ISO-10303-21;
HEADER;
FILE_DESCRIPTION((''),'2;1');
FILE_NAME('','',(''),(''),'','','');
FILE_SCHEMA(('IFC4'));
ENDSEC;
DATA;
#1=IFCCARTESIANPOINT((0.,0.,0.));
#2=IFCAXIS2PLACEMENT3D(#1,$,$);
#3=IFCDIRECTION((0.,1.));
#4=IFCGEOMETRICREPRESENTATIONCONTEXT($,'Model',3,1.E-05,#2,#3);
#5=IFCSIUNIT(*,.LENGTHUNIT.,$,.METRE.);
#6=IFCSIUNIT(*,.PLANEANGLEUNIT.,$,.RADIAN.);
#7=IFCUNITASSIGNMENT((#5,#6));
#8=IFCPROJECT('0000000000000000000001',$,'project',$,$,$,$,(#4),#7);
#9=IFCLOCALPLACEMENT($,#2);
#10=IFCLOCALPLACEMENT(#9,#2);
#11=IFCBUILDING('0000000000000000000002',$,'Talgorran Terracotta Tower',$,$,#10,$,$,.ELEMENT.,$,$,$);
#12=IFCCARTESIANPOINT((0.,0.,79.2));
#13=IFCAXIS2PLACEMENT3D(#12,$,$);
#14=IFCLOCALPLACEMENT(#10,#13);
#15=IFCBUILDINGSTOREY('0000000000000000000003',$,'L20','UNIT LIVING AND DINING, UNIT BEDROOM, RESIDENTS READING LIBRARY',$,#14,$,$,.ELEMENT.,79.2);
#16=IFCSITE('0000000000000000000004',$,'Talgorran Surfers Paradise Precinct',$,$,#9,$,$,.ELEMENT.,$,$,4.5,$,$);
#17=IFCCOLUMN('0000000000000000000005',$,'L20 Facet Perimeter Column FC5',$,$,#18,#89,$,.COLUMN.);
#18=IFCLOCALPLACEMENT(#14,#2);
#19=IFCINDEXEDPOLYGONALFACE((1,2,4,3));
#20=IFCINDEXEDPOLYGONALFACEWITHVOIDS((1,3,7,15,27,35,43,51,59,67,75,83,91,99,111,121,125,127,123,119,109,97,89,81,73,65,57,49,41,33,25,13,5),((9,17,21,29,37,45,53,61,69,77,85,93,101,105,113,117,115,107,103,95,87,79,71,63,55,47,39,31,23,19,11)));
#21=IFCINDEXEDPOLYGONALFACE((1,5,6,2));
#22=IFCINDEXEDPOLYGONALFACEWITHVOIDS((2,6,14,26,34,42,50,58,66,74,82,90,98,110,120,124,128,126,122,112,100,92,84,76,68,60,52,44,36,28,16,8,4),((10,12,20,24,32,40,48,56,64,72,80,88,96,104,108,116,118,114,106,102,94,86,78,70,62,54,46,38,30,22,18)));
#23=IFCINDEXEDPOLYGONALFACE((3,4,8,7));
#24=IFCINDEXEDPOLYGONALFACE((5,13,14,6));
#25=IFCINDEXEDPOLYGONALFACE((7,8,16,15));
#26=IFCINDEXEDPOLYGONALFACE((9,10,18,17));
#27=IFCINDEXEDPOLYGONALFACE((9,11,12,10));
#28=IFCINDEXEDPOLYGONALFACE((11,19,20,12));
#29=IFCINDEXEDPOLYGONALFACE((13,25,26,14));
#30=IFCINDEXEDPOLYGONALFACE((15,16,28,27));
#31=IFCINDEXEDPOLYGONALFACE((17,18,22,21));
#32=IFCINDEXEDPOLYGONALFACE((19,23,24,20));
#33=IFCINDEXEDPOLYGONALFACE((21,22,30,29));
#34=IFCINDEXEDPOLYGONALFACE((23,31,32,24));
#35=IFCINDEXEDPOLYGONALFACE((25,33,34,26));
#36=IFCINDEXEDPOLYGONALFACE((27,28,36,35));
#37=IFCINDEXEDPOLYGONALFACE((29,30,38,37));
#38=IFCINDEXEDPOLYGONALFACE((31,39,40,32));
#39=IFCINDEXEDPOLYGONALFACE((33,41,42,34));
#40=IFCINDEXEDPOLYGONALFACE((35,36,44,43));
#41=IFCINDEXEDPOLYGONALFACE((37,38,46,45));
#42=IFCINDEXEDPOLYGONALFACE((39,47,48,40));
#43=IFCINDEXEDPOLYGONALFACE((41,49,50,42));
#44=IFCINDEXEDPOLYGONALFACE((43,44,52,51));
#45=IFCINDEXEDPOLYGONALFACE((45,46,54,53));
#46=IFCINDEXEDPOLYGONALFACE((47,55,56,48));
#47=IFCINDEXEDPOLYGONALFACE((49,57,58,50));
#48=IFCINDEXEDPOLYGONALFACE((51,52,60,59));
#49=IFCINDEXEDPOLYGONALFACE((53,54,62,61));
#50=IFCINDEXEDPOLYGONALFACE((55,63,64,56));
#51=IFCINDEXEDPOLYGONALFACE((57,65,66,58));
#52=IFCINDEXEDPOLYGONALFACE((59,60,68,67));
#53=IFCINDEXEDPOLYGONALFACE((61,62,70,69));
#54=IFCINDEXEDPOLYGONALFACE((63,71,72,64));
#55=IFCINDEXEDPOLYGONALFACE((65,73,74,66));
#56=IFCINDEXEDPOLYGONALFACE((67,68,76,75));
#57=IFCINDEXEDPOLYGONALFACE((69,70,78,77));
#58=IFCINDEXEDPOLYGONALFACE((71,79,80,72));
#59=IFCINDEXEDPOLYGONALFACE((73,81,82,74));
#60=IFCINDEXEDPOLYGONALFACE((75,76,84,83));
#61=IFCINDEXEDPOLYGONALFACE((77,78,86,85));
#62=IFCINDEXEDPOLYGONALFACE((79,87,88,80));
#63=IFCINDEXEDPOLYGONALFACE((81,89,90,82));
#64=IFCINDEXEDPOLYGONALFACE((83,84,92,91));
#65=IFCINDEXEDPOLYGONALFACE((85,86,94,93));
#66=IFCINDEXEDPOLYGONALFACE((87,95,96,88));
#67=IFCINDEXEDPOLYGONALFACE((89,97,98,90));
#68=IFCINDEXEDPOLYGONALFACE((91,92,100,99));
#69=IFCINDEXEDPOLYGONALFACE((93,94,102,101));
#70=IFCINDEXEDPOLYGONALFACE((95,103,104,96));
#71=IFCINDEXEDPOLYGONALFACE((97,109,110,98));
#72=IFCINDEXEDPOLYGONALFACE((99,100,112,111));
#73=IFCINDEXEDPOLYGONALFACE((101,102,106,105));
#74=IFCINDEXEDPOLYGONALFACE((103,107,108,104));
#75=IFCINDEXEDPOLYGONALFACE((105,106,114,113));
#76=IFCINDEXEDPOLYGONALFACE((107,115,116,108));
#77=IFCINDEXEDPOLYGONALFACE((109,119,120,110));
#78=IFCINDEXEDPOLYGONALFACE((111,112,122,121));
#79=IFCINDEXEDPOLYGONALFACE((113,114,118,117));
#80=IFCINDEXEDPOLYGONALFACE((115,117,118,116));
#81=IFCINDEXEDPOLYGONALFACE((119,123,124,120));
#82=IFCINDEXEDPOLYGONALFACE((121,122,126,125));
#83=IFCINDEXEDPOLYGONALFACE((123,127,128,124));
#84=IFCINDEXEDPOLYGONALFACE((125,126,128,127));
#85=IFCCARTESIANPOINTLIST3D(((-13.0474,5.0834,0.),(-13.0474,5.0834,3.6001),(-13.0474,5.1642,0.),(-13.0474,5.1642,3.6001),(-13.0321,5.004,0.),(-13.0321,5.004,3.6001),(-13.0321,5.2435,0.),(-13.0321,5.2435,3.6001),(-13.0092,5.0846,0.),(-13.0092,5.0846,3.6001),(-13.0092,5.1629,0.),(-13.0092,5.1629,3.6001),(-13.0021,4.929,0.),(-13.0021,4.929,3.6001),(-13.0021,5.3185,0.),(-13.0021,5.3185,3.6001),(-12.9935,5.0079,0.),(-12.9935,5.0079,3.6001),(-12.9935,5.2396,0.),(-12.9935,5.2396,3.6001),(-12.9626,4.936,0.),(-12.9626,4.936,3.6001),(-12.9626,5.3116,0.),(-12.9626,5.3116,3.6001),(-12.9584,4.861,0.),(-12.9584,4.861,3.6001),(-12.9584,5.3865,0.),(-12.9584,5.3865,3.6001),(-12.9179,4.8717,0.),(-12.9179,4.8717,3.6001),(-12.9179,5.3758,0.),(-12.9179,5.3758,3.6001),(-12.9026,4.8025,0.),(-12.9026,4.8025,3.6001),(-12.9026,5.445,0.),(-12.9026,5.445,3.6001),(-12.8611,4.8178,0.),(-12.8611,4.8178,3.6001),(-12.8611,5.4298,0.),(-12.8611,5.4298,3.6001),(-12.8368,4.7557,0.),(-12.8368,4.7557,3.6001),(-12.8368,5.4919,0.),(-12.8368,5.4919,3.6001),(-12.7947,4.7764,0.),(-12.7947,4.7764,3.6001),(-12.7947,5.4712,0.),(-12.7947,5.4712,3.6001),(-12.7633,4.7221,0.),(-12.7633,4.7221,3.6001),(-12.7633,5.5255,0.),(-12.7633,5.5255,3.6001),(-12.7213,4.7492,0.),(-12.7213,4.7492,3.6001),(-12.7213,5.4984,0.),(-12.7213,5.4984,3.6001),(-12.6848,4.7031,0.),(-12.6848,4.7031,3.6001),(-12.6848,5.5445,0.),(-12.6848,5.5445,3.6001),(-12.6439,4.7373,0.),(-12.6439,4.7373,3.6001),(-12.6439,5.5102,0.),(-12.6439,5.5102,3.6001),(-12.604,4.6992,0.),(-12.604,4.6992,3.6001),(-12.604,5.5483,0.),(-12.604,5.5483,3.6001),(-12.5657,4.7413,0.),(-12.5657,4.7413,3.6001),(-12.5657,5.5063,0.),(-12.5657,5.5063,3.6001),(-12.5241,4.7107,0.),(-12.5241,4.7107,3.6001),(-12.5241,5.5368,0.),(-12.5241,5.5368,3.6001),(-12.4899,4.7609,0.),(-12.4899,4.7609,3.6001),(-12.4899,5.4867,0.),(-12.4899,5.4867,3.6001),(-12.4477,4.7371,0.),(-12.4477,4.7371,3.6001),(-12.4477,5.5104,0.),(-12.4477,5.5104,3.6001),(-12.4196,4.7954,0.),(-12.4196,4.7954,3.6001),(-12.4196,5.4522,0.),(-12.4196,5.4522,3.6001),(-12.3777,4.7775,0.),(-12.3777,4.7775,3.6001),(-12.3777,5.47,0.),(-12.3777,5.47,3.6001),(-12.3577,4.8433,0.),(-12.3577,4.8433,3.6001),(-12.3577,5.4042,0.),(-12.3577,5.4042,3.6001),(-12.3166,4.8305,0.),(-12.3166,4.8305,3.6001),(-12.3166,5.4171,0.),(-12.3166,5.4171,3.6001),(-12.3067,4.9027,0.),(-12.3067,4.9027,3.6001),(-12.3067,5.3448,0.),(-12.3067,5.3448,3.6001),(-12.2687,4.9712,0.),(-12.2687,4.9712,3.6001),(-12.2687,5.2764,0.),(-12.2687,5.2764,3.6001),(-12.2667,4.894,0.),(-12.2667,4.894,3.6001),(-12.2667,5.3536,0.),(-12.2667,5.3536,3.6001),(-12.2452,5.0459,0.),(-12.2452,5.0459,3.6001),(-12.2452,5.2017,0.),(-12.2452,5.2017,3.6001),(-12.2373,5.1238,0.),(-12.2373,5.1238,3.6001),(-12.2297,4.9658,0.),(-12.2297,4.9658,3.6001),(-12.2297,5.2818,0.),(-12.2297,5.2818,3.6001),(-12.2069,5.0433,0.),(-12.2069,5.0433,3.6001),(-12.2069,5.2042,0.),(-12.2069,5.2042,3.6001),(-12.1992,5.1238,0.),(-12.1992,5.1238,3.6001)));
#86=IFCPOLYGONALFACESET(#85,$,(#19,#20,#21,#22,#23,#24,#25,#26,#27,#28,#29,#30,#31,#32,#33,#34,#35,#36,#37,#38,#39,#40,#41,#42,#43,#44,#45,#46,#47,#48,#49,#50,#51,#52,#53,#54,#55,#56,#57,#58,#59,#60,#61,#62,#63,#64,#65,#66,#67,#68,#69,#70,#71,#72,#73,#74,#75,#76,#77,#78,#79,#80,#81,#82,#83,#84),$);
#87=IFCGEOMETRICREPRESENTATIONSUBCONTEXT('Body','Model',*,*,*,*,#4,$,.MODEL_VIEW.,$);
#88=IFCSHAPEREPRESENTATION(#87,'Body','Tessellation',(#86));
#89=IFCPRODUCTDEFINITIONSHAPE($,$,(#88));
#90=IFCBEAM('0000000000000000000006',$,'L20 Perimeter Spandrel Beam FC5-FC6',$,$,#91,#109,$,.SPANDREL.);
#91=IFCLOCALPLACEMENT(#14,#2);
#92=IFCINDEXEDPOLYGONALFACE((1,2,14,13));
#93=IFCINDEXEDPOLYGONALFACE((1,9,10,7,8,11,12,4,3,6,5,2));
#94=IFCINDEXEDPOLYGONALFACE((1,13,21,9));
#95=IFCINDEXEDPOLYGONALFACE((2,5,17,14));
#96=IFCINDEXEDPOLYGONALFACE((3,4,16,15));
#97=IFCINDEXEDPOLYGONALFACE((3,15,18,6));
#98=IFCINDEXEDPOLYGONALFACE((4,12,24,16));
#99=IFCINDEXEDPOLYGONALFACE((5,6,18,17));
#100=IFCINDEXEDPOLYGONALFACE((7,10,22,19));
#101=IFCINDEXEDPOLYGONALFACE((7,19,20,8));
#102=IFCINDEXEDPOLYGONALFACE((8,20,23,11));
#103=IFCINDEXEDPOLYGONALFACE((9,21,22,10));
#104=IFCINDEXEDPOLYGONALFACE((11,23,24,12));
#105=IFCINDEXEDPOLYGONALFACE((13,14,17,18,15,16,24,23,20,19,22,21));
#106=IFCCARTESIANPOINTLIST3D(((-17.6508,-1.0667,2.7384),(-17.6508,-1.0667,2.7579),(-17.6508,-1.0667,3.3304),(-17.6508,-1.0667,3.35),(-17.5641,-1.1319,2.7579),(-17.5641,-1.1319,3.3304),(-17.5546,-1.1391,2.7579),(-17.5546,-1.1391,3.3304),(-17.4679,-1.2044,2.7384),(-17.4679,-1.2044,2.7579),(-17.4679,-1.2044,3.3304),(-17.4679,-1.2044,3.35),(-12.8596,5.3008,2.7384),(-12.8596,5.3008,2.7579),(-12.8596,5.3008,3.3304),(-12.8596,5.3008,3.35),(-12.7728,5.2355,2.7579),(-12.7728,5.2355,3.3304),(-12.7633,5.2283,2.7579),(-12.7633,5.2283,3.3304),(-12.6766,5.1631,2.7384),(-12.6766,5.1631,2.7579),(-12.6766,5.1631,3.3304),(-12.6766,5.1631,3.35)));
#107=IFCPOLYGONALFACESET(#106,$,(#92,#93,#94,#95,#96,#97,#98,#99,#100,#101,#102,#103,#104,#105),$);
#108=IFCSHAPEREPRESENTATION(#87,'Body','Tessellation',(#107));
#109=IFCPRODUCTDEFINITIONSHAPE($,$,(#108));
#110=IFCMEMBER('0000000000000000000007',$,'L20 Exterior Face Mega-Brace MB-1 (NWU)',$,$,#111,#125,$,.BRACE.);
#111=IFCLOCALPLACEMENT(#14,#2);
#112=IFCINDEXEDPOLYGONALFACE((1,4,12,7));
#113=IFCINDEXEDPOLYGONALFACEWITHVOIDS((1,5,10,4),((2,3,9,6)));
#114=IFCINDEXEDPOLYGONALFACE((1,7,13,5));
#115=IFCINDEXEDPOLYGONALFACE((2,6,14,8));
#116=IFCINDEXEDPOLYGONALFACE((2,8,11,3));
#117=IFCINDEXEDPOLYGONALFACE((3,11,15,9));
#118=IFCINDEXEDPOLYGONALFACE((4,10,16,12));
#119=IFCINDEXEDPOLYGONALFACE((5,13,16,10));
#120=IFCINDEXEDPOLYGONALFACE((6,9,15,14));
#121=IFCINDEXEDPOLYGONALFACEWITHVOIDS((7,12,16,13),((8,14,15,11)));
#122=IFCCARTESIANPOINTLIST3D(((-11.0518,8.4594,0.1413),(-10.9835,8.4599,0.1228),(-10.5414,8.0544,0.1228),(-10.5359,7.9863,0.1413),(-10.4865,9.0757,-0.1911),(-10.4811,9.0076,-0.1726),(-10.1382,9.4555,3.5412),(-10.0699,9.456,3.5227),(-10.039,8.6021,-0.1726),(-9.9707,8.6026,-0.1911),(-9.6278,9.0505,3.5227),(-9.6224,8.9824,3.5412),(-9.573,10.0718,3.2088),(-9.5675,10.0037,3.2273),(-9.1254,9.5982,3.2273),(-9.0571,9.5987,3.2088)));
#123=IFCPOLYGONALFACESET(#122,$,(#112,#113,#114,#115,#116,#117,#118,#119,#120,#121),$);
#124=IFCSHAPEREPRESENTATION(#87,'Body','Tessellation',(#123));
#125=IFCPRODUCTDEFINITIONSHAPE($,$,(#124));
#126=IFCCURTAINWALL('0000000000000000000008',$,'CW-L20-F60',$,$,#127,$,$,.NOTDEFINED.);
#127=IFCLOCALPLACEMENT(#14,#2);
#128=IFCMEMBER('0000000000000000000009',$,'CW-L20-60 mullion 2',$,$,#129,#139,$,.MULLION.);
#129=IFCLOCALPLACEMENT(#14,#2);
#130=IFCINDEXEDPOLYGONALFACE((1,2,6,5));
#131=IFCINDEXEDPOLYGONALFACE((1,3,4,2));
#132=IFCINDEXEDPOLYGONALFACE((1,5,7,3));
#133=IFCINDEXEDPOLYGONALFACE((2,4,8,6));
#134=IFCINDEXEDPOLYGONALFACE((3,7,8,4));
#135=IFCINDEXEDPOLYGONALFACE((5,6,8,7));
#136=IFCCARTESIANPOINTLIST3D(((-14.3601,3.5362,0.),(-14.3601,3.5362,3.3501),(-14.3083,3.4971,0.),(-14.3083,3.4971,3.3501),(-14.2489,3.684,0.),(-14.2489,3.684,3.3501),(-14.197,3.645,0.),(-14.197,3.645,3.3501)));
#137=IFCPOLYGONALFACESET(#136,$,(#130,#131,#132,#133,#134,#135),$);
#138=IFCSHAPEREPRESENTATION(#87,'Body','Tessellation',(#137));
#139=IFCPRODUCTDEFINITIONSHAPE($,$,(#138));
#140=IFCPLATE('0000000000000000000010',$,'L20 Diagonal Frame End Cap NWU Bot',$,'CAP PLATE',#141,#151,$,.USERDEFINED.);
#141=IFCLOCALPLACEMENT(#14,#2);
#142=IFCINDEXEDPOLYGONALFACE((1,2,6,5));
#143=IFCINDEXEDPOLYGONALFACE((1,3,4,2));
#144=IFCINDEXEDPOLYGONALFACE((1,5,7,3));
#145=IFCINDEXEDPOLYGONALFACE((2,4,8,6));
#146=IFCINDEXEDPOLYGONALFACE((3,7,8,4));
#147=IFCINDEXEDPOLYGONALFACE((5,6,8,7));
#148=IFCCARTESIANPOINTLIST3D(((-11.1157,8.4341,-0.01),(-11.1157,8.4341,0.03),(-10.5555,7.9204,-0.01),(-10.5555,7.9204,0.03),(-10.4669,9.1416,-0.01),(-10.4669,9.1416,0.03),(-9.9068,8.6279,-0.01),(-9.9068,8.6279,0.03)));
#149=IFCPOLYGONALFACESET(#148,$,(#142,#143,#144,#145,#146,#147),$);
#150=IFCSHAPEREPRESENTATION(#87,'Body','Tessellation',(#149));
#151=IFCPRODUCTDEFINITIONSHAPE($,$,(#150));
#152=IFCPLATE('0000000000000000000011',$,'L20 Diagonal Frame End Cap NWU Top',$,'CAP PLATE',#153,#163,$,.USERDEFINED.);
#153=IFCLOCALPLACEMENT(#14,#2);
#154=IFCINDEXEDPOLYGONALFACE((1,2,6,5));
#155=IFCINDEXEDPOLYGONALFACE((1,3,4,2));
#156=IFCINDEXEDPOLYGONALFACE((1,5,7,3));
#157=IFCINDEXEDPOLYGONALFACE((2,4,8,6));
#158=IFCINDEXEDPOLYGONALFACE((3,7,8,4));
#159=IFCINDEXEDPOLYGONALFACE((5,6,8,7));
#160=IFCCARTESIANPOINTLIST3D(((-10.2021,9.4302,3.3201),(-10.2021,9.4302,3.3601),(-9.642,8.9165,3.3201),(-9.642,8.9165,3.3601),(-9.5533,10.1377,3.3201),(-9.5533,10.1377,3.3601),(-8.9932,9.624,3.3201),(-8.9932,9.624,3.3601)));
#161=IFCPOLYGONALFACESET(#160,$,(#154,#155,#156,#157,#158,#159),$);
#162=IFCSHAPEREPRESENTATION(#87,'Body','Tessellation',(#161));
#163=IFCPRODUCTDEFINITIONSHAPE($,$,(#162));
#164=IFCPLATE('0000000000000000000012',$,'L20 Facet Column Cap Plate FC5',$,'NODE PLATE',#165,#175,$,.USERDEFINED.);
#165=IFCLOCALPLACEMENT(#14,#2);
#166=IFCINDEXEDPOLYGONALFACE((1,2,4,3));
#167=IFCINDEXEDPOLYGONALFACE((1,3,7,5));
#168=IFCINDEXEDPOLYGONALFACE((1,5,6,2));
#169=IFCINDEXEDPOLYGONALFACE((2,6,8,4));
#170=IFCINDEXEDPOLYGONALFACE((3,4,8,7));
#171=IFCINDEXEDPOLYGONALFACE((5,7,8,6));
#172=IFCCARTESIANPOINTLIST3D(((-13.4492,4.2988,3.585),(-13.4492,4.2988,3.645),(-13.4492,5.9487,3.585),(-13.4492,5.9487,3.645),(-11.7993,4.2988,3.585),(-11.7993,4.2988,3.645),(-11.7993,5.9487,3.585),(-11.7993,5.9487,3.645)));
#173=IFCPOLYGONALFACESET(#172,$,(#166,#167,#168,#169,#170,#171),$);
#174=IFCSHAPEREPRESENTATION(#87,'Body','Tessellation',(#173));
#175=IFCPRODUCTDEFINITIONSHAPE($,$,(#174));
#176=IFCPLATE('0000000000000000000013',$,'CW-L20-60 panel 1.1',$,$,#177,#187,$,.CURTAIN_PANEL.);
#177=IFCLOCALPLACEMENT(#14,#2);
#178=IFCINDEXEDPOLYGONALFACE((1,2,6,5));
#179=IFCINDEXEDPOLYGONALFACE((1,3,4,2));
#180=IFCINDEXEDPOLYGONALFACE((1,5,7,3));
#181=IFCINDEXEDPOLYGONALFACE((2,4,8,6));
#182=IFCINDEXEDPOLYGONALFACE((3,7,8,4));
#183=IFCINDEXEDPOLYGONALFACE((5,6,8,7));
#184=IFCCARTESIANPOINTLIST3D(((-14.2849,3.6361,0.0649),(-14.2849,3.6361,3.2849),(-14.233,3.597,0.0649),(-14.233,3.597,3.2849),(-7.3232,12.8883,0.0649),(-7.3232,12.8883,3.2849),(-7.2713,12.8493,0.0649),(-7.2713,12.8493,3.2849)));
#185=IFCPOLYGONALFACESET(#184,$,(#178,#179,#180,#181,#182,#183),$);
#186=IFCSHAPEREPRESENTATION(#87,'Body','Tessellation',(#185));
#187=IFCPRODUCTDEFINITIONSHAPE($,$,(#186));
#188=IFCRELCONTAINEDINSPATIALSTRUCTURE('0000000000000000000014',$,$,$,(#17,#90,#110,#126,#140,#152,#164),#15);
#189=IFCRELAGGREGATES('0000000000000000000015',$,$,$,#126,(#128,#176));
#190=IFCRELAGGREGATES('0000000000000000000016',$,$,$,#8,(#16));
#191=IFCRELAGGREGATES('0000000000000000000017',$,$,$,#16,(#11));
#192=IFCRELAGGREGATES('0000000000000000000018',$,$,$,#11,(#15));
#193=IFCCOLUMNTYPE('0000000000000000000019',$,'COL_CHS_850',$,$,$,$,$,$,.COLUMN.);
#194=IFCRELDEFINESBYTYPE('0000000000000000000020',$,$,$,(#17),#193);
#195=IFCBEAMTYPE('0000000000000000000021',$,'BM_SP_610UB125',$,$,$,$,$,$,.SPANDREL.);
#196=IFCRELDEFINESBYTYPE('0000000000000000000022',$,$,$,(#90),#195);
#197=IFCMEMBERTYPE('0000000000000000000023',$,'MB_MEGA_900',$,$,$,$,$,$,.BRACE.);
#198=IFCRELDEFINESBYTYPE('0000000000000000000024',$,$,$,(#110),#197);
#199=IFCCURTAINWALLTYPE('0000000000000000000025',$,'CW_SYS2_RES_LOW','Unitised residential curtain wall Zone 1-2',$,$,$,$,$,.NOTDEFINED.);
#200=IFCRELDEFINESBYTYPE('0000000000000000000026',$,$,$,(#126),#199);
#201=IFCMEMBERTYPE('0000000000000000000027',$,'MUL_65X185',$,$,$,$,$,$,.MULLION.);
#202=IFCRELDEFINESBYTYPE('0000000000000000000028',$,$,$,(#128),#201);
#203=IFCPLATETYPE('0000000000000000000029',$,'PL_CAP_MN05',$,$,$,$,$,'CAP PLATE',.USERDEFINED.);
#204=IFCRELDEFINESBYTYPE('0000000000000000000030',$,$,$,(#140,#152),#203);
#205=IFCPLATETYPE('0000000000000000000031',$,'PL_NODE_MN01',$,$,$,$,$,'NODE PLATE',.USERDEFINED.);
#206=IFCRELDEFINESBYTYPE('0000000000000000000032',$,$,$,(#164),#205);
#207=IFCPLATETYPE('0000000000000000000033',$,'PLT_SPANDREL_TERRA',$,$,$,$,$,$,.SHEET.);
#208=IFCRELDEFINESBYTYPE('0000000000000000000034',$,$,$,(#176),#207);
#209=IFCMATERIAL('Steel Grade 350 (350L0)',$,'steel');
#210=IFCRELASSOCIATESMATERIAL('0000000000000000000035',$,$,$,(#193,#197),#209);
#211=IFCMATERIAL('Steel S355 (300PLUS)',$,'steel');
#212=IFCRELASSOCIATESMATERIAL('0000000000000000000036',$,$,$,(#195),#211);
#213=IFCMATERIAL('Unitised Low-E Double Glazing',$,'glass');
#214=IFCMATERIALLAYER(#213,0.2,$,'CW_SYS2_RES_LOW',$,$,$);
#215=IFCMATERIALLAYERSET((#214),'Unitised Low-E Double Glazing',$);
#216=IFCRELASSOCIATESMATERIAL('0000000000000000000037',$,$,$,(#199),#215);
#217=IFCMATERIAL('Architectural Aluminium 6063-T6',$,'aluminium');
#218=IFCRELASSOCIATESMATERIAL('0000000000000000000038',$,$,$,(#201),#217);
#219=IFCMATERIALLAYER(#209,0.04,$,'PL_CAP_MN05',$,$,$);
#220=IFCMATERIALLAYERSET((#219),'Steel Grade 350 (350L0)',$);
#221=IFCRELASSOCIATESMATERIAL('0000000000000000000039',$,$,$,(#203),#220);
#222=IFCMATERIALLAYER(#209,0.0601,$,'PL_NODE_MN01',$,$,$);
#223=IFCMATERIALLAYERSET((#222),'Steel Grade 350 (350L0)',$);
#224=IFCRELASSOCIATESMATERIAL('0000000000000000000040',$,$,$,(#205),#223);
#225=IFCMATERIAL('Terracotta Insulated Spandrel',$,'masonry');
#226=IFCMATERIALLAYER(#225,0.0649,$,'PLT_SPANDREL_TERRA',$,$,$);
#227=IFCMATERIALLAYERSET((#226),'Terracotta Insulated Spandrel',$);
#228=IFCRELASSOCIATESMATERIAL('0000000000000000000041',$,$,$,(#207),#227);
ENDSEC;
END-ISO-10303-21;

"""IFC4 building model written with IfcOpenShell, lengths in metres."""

from ifc_helpers import new_model, si_unit, direction, frame, origin, origin_2d, place, context, subcontext, project, spatial, rectangle, hollow_rectangle, hollow_circle, i_section, extrude, source, transform, mapped, material, layer, layer_set, material_profile, profile_set, type_object, type_shapes, element, aggregate, save


model = new_model("IFC4")

# Units and contexts
model_context = context("Model", 3, precision=1e-05, world=origin(), true_north=direction((0.0, 1.0)))
body_context = subcontext(model_context, "Body", "Model", "MODEL_VIEW")
ifc_project = project(units=[si_unit("LENGTHUNIT", "METRE"), si_unit("PLANEANGLEUNIT", "RADIAN")], contexts=[model_context])

# Site, building, storey
site_placement = place(None, origin())
site = spatial("IfcSite", under=ifc_project, at=site_placement, Name="Talgorran Surfers Paradise Precinct", CompositionType="ELEMENT", RefElevation=4.5)
building_placement = place(site_placement, origin())
building = spatial("IfcBuilding", under=site, at=building_placement, Name="Talgorran Terracotta Tower", CompositionType="ELEMENT")
storey_placement = place(building_placement, frame((0.0, 0.0, 79.2)))
storey = spatial("IfcBuildingStorey", under=building, at=storey_placement, Name="L20", Description="UNIT LIVING AND DINING, UNIT BEDROOM, RESIDENTS READING LIBRARY", CompositionType="ELEMENT", Elevation=79.2)

# Column
ifc_material_1 = material(Name="Steel Grade 350 (350L0)", Category="steel")
ifc_material_profile_1 = material_profile(ifc_material_1, hollow_circle(Radius=0.425, WallThickness=0.0381, at=origin_2d()), Name="CHS850X38")
ifc_profile_set_1 = profile_set([ifc_material_profile_1], Name="Steel Grade 350 (350L0)")
column_type = type_object("IfcColumnType", Name="COL_CHS_850", PredefinedType="COLUMN", material=ifc_profile_set_1)
column_placement = place(storey_placement, frame((-12.6243, 5.1238, 0.0), z_axis=(0.0, 0.0, 1.0), x_axis=(1.0, 0.0, 0.0)))
element("IfcColumn", 1, at=column_placement, inside=storey, type_object=column_type, Name="L20 Facet Perimeter Column FC5", PredefinedType="COLUMN", context=body_context, shape_type="SweptSolid", body=[
    extrude(hollow_circle(Radius=0.425, WallThickness=0.0381, at=origin_2d()), origin(), (0.0, 0.0, 1.0), 3.6001),
])

# Beam
ifc_material_2 = material(Name="Steel S355 (300PLUS)", Category="steel")
ifc_material_profile_2 = material_profile(ifc_material_2, i_section(OverallWidth=0.229, OverallDepth=0.6116, WebThickness=0.012, FlangeThickness=0.0195, at=origin_2d()), Name="610UB125")
ifc_profile_set_2 = profile_set([ifc_material_profile_2], Name="Steel S355 (300PLUS)")
beam_type = type_object("IfcBeamType", Name="BM_SP_610UB125", PredefinedType="SPANDREL", material=ifc_profile_set_2)
beam_placement = place(storey_placement, frame((-12.7681, 5.2319, 3.0442), z_axis=(-0.601259, -0.799054, 0.0), x_axis=(0.799054, -0.601259, 0.0)))
element("IfcBeam", 2, at=beam_placement, inside=storey, type_object=beam_type, Name="L20 Perimeter Spandrel Beam FC5-FC6", PredefinedType="SPANDREL", context=body_context, shape_type="SweptSolid", body=[
    extrude(i_section(OverallWidth=0.229, OverallDepth=0.6116, WebThickness=0.012, FlangeThickness=0.0195, at=origin_2d()), origin(), (0.0, 0.0, 1.0), 7.9688),
])

# Member
ifc_material_profile_3 = material_profile(ifc_material_1, hollow_rectangle(XDim=0.7, YDim=0.8999, WallThickness=0.05, at=origin_2d()), Name="WBOX900X700X50")
ifc_profile_set_3 = profile_set([ifc_material_profile_3], Name="Steel Grade 350 (350L0)")
member_type_1 = type_object("IfcMemberType", Name="MB_MEGA_900", PredefinedType="BRACE", material=ifc_profile_set_3)
member_1_placement = place(storey_placement, frame((-10.5112, 8.531, -0.0249), z_axis=(0.249698, 0.272253, 0.929263), x_axis=(-0.736974, 0.675921, 0.0)))
element("IfcMember", 3, at=member_1_placement, inside=storey, type_object=member_type_1, Name="L20 Exterior Face Mega-Brace MB-1 (NWU)", PredefinedType="BRACE", context=body_context, shape_type="SweptSolid", body=[
    extrude(hollow_rectangle(XDim=0.7, YDim=0.8999, WallThickness=0.05, at=origin_2d()), origin(), (0.0, 0.0, 1.0), 3.6587),
])

# Curtain wall, member
ifc_material_3 = material(Name="Unitised Low-E Double Glazing", Category="glass")
ifc_layer_1 = layer(ifc_material_3, 0.2, Name="CW_SYS2_RES_LOW")
ifc_layer_set_1 = layer_set([ifc_layer_1], Name="Unitised Low-E Double Glazing")
curtain_wall_type = type_object("IfcCurtainWallType", Name="CW_SYS2_RES_LOW", Description="Unitised residential curtain wall Zone 1-2", PredefinedType="NOTDEFINED", material=ifc_layer_set_1)
curtain_wall_placement = place(storey_placement, origin())
curtain_wall = element("IfcCurtainWall", 4, at=curtain_wall_placement, inside=storey, type_object=curtain_wall_type, Name="CW-L20-F60", PredefinedType="NOTDEFINED")
ifc_material_4 = material(Name="Architectural Aluminium 6063-T6", Category="aluminium")
ifc_material_profile_4 = material_profile(ifc_material_4, rectangle(XDim=0.0649, YDim=0.1851, at=origin_2d()), Name="CWM65X185")
ifc_profile_set_4 = profile_set([ifc_material_profile_4], Name="Architectural Aluminium 6063-T6")
member_type_2 = type_object("IfcMemberType", Name="MUL_65X185", PredefinedType="MULLION", material=ifc_profile_set_4)
member_2_placement = place(storey_placement, frame((-14.2786, 3.5906, 0.0), z_axis=(0.0, 0.0, 1.0), x_axis=(0.799066, -0.601243, 0.0)))
member_2 = element("IfcMember", 5, at=member_2_placement, type_object=member_type_2, Name="CW-L20-60 mullion 2", PredefinedType="MULLION", context=body_context, shape_type="SweptSolid", body=[
    extrude(rectangle(XDim=0.0649, YDim=0.1851, at=origin_2d()), origin(), (0.0, 0.0, 1.0), 3.3501),
])

# Plates
ifc_layer_2 = layer(ifc_material_1, 0.04, Name="PL_CAP_MN05")
ifc_layer_set_2 = layer_set([ifc_layer_2], Name="Steel Grade 350 (350L0)")
plate_type_1 = type_object("IfcPlateType", Name="PL_CAP_MN05", ElementType="CAP PLATE", PredefinedType="USERDEFINED", material=ifc_layer_set_2)
for number, where, z_axis, x_axis, name in (
    (6, (-10.5112, 8.531, -0.01), (0.0, 0.0, 1.0), (0.675848, 0.737041, 0.0), "L20 Diagonal Frame End Cap NWU Bot"),
    (7, (-9.5977, 9.5271, 3.3201), (0.0, 0.0, 1.0), (0.675848, 0.737041, 0.0), "L20 Diagonal Frame End Cap NWU Top"),
):
    element("IfcPlate", number, at=place(storey_placement, frame(where, z_axis=z_axis, x_axis=x_axis)), inside=storey, type_object=plate_type_1, Name=name, ObjectType="CAP PLATE", PredefinedType="USERDEFINED", context=body_context, shape_type="SweptSolid", body=[
        extrude(rectangle(XDim=0.96, YDim=0.76, at=origin_2d()), origin(), (0.0, 0.0, 1.0), 0.04),
    ])
ifc_layer_3 = layer(ifc_material_1, 0.0601, Name="PL_NODE_MN01")
ifc_layer_set_3 = layer_set([ifc_layer_3], Name="Steel Grade 350 (350L0)")
plate_type_2 = type_object("IfcPlateType", Name="PL_NODE_MN01", ElementType="NODE PLATE", PredefinedType="USERDEFINED", material=ifc_layer_set_3)
plate_1_placement = place(storey_placement, frame((-12.6243, 5.1238, 3.585), z_axis=(0.0, 0.0, 1.0), x_axis=(1.0, 0.0, 0.0)))
element("IfcPlate", 8, at=plate_1_placement, inside=storey, type_object=plate_type_2, Name="L20 Facet Column Cap Plate FC5", ObjectType="NODE PLATE", PredefinedType="USERDEFINED", context=body_context, shape_type="SweptSolid", body=[
    extrude(rectangle(XDim=1.6499, YDim=1.6499, at=origin_2d()), origin(), (0.0, 0.0, 1.0), 0.0601),
])

# Plate
ifc_material_5 = material(Name="Terracotta Insulated Spandrel", Category="masonry")
ifc_layer_4 = layer(ifc_material_5, 0.0649, Name="PLT_SPANDREL_TERRA")
ifc_layer_set_4 = layer_set([ifc_layer_4], Name="Terracotta Insulated Spandrel")
plate_type_3 = type_object("IfcPlateType", Name="PLT_SPANDREL_TERRA", PredefinedType="SHEET", material=ifc_layer_set_4)
shared_shape_1 = source(origin(), body_context, "Body", "SweptSolid", [
    extrude(rectangle(XDim=11.5789, YDim=0.0649, at=origin_2d()), origin(), (0.0, 0.0, 1.0), 3.22),
])
type_shapes(plate_type_3, [shared_shape_1])
plate_2_placement = place(storey_placement, frame((-10.7781, 8.2427, 0.0649), z_axis=(0.0, 0.0, 1.0), x_axis=(-0.601243, -0.799066, 0.0)))
plate_2 = element("IfcPlate", 9, at=plate_2_placement, type_object=plate_type_3, Name="CW-L20-60 panel 1.1", PredefinedType="CURTAIN_PANEL", context=body_context, shape_type="MappedRepresentation", body=[
    mapped(shared_shape_1, transform((0.0, 0.0, 0.0), scale=1.0)),
])
aggregate(curtain_wall, [member_2, plate_2])

save(model, "model.ifc")
